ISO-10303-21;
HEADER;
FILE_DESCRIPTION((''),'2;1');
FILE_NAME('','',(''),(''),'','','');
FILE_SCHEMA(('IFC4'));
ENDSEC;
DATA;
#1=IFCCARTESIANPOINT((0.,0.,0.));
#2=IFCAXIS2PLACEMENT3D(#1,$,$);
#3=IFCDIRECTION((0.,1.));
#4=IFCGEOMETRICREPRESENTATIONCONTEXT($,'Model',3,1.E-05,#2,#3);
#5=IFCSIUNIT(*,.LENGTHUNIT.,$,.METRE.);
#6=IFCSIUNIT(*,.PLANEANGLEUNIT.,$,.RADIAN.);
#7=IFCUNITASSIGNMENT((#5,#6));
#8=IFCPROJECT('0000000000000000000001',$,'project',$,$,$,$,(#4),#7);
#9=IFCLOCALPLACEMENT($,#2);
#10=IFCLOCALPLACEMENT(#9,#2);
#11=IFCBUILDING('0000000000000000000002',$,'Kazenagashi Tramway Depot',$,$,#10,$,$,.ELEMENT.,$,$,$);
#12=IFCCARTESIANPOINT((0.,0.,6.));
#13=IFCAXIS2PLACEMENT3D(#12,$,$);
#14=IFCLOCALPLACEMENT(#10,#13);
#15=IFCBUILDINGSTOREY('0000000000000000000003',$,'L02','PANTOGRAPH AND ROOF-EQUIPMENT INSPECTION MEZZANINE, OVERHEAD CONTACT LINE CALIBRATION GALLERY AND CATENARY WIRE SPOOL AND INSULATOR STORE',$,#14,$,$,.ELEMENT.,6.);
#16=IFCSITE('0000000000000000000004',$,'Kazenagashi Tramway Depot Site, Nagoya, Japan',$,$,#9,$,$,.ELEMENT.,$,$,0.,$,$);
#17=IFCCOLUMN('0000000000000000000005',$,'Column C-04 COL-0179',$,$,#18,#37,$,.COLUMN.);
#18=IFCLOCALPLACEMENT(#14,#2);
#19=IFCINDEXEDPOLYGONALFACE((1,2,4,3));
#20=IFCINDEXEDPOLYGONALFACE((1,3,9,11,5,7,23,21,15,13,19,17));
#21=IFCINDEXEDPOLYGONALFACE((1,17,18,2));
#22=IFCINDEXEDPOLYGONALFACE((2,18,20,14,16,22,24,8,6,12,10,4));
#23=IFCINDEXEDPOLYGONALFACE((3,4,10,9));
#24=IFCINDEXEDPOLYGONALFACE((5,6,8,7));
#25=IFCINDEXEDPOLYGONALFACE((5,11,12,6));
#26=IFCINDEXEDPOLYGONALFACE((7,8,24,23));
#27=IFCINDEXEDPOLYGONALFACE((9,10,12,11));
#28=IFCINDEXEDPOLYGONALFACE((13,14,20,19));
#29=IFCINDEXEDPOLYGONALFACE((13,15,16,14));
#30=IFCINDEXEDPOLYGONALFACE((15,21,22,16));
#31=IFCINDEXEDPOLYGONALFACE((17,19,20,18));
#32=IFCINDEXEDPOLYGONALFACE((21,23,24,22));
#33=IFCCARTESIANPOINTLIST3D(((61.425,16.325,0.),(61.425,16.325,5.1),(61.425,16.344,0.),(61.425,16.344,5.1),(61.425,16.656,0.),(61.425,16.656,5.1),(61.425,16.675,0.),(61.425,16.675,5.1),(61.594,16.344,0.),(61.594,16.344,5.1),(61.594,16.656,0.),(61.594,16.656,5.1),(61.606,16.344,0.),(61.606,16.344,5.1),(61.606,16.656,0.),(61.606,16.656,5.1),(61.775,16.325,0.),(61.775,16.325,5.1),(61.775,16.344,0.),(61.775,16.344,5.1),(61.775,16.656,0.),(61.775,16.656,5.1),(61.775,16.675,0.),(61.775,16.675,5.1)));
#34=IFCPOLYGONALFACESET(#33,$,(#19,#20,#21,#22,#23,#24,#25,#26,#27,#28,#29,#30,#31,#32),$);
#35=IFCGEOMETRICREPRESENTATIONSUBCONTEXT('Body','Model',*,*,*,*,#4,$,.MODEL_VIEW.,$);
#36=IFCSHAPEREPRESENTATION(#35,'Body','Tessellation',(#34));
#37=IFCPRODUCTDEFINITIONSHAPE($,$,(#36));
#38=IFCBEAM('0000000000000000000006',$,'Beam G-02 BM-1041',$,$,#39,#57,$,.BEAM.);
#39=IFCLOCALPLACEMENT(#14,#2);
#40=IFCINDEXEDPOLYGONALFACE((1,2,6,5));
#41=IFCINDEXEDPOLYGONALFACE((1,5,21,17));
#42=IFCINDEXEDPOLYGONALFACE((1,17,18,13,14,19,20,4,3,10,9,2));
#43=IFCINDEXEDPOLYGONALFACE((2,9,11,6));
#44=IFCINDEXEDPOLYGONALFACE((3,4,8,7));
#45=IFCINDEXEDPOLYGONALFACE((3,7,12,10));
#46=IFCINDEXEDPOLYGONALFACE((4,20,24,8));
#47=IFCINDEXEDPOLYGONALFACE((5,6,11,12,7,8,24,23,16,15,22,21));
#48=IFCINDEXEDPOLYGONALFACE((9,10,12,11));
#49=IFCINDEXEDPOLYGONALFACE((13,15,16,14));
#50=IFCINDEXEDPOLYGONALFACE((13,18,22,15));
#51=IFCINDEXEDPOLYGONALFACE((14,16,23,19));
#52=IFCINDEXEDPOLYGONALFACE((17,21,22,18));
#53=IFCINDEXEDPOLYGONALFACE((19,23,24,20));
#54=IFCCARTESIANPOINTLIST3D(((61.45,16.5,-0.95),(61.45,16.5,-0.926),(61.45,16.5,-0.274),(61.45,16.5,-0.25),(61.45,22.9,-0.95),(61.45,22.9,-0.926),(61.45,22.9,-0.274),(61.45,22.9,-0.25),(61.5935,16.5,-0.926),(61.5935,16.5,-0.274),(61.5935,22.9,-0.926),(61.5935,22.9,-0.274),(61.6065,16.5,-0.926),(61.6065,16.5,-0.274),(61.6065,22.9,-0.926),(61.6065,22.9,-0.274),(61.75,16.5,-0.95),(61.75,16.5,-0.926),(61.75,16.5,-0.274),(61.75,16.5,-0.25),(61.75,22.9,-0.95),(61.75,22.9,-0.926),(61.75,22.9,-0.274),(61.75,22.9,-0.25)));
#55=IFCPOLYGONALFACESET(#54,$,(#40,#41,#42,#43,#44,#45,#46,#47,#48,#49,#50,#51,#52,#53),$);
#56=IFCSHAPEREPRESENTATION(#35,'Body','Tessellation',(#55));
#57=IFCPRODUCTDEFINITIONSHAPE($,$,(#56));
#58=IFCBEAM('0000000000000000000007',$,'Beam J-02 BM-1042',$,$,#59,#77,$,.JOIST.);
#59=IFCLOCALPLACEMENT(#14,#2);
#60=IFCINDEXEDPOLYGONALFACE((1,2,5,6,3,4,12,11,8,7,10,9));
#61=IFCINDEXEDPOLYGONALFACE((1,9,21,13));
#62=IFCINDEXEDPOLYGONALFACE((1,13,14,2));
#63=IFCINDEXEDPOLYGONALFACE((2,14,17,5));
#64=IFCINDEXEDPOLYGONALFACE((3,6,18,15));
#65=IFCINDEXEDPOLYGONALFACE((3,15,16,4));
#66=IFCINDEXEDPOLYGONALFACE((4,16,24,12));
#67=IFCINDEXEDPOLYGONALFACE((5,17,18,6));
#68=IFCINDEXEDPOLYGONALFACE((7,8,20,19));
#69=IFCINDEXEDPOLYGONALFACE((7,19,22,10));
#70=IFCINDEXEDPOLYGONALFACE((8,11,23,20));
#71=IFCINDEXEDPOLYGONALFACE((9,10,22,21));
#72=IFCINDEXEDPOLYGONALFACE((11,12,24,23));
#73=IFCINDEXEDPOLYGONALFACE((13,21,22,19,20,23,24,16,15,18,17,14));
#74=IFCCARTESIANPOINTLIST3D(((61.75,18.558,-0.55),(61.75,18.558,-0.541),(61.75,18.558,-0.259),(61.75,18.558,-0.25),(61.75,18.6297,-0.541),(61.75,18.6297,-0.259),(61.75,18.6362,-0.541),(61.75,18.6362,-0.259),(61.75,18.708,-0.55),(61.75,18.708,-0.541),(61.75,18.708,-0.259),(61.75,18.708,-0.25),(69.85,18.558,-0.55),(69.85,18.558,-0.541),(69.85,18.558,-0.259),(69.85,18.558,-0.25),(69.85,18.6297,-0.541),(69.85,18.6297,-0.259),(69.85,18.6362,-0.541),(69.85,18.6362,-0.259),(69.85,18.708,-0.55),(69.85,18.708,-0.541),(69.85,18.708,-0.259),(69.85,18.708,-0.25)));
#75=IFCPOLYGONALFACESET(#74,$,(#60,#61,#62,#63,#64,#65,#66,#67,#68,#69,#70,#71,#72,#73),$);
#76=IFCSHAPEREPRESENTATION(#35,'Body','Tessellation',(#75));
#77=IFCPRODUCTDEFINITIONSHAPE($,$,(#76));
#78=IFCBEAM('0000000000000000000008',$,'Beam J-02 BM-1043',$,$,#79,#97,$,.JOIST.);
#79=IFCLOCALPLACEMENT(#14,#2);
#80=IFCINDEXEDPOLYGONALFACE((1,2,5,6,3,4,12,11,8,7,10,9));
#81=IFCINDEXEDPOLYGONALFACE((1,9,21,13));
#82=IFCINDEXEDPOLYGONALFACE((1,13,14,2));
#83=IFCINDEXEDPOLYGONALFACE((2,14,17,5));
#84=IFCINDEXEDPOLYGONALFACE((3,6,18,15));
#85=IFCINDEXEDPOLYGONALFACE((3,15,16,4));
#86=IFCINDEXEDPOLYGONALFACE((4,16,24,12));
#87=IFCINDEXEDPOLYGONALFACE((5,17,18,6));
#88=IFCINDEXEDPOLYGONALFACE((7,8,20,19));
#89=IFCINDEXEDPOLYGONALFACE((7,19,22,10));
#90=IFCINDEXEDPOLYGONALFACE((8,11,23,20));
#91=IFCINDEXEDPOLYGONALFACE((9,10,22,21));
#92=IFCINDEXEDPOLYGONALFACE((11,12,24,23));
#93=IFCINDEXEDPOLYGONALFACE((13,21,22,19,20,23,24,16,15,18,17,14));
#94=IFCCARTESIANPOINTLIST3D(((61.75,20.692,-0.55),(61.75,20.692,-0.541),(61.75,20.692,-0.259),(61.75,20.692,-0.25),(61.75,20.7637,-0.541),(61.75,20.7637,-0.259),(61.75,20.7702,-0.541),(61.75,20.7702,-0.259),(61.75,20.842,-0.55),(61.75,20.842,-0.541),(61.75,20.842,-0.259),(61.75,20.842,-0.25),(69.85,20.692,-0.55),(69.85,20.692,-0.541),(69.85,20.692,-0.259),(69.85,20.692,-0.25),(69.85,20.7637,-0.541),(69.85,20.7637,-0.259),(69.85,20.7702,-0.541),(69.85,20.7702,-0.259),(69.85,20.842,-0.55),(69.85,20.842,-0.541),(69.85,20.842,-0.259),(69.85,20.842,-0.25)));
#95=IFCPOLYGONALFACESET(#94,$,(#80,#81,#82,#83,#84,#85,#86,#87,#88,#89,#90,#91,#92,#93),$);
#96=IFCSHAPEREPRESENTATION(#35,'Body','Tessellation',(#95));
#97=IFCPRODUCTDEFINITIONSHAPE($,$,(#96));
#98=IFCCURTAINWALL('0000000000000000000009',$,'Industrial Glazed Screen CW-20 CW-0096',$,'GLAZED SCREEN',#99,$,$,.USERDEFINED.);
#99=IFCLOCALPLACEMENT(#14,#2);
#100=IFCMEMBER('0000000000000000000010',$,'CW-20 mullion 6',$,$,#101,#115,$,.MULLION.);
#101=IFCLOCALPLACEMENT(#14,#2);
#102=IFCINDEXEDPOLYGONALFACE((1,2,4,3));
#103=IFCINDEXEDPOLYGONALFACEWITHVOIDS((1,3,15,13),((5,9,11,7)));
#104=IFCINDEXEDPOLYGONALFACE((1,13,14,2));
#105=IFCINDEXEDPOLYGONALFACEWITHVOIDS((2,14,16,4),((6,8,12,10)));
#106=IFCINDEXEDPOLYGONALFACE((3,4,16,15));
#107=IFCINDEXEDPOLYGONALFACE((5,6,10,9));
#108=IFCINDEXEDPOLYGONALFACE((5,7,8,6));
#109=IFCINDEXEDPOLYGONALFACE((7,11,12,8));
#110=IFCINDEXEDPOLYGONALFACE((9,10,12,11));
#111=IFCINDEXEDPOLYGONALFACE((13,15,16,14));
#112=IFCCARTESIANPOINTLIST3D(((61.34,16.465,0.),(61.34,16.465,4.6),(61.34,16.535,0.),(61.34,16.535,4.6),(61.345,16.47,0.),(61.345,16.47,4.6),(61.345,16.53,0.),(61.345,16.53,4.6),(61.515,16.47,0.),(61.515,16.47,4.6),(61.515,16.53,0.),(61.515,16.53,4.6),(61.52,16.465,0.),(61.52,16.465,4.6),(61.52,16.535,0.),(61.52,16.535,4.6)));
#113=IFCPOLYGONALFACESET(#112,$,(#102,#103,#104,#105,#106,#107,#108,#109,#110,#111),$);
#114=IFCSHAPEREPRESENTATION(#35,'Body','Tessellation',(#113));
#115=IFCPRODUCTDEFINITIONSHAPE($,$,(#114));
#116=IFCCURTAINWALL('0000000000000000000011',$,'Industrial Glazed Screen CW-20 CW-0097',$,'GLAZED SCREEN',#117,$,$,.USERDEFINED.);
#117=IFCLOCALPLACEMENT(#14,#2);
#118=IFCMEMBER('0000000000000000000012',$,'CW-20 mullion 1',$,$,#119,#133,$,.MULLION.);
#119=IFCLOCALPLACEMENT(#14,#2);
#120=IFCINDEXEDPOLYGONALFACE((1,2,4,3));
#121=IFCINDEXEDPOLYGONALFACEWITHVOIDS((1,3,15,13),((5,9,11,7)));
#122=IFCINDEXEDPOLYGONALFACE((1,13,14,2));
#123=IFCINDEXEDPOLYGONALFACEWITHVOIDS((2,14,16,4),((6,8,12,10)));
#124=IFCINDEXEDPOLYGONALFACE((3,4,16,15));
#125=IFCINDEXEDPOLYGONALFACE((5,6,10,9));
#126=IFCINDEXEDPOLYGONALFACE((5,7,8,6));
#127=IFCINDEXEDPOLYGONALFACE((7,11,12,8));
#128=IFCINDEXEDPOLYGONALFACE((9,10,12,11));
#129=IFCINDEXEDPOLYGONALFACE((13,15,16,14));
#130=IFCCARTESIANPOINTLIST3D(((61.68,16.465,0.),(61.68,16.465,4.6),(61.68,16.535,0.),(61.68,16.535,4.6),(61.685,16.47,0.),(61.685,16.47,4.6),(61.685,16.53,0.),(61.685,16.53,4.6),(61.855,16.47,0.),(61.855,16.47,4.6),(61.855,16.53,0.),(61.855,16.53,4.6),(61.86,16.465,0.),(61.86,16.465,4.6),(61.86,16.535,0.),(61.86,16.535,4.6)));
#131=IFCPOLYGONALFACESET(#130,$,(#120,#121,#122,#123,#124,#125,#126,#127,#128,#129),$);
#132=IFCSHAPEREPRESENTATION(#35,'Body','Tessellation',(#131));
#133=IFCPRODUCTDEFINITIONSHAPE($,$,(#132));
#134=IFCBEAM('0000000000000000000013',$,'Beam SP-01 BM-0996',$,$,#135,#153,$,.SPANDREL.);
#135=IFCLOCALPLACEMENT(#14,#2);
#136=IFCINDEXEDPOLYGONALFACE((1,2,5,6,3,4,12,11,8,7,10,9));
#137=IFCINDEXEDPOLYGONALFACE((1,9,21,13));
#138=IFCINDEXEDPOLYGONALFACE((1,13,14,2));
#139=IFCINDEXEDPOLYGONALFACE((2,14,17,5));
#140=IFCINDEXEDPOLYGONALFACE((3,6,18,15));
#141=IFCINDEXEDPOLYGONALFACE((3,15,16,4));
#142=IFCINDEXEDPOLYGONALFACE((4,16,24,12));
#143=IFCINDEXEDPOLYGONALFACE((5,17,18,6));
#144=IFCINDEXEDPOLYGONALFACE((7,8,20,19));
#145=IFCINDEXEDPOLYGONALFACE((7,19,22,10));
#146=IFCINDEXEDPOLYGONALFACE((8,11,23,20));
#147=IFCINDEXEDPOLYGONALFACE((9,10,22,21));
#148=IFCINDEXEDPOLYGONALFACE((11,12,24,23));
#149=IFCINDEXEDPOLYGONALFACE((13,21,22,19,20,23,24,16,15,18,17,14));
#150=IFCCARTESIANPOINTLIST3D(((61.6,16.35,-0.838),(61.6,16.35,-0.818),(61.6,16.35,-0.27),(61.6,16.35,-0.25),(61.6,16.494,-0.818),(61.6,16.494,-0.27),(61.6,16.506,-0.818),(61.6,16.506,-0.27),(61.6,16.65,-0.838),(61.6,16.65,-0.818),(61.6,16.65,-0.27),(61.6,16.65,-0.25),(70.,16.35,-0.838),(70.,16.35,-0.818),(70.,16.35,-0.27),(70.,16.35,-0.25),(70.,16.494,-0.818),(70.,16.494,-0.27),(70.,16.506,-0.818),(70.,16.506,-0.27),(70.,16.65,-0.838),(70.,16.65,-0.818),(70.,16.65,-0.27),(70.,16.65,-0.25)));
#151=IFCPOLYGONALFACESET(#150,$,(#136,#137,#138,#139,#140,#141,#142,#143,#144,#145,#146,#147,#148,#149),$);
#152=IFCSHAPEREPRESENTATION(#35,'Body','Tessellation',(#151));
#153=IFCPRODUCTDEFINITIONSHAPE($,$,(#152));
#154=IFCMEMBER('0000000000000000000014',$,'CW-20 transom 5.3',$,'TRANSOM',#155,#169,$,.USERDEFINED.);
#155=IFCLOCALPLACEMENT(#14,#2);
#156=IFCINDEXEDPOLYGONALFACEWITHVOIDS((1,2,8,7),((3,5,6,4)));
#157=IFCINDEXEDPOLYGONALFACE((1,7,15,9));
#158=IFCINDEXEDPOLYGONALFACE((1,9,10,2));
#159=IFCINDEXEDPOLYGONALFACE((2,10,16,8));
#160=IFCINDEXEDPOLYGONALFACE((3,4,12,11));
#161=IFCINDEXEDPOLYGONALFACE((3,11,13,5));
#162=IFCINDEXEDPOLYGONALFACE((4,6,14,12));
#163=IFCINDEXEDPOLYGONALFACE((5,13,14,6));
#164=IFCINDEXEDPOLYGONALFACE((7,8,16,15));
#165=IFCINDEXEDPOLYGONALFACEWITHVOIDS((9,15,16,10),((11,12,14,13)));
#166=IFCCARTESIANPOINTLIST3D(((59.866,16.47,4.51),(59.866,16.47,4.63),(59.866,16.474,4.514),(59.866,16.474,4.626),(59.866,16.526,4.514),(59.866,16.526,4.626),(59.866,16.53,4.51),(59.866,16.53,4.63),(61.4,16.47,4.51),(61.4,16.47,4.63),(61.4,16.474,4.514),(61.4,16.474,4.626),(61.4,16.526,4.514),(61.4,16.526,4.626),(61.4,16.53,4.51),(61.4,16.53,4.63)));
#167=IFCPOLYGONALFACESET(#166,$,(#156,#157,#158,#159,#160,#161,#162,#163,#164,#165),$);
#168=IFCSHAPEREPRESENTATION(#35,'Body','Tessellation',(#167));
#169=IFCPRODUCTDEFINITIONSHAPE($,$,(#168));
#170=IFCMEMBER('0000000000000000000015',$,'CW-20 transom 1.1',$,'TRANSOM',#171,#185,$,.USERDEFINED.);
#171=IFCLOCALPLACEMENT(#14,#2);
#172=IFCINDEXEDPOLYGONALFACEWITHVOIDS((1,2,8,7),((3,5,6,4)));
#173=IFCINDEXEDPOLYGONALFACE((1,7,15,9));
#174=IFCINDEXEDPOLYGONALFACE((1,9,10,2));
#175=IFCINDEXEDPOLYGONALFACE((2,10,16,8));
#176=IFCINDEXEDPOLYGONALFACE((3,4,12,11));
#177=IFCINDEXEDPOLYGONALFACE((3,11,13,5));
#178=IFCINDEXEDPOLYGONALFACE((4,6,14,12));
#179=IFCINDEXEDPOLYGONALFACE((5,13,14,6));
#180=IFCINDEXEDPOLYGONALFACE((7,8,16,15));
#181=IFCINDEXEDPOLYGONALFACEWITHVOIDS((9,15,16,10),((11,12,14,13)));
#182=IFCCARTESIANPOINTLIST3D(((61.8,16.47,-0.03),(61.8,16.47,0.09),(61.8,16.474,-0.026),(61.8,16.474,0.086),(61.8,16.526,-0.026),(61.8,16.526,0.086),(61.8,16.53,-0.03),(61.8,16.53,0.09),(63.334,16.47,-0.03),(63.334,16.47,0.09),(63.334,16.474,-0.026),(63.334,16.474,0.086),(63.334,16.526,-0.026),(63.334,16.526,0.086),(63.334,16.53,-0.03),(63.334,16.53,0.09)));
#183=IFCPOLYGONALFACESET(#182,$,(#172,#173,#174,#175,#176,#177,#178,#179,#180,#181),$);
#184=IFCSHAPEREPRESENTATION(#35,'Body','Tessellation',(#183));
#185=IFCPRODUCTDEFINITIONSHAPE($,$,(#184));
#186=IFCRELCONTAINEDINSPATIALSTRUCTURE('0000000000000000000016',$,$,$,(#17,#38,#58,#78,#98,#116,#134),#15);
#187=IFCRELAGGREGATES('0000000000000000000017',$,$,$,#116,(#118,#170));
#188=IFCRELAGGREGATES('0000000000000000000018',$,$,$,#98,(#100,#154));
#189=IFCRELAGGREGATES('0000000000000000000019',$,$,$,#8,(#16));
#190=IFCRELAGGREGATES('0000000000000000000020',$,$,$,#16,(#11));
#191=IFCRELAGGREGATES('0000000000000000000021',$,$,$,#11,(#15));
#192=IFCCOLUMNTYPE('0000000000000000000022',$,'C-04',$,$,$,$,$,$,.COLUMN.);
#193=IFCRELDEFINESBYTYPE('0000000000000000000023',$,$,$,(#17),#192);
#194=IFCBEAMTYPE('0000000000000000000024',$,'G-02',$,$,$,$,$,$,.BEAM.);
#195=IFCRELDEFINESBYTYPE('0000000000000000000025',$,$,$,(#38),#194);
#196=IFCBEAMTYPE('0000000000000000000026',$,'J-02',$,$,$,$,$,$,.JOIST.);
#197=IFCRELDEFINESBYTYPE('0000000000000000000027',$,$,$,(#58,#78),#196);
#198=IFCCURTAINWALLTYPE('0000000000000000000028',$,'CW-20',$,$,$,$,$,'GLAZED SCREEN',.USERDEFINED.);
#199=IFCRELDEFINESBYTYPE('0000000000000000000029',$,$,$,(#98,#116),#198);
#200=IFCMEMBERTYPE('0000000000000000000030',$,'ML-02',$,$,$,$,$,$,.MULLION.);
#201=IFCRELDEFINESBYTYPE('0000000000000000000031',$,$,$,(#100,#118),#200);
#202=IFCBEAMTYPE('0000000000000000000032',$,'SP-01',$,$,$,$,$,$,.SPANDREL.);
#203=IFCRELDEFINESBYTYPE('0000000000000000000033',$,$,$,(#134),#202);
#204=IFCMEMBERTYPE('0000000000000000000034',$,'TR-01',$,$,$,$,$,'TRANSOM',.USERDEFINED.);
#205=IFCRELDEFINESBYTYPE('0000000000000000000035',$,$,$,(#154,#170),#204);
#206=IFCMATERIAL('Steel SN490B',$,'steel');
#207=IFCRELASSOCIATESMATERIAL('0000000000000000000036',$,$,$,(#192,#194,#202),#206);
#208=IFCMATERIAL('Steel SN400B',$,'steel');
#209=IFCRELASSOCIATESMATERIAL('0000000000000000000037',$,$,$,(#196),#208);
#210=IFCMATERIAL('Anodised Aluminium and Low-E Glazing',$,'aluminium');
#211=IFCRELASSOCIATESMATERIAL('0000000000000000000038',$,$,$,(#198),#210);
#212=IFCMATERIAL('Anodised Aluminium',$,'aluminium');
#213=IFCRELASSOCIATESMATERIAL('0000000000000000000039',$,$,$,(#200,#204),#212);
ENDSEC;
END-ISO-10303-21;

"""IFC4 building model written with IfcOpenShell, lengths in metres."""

from ifc_helpers import new_model, si_unit, direction, frame, origin, origin_2d, place, context, subcontext, project, spatial, hollow_rectangle, i_section, extrude, material, material_profile, profile_set, type_object, element, aggregate, save


model = new_model("IFC4")

# Units and contexts
model_context = context("Model", 3, precision=1e-05, world=origin(), true_north=direction((0.0, 1.0)))
body_context = subcontext(model_context, "Body", "Model", "MODEL_VIEW")
ifc_project = project(units=[si_unit("LENGTHUNIT", "METRE"), si_unit("PLANEANGLEUNIT", "RADIAN")], contexts=[model_context])

# Site, building, storey
site_placement = place(None, origin())
site = spatial("IfcSite", under=ifc_project, at=site_placement, Name="Kazenagashi Tramway Depot Site, Nagoya, Japan", CompositionType="ELEMENT", RefElevation=0.0)
building_placement = place(site_placement, origin())
building = spatial("IfcBuilding", under=site, at=building_placement, Name="Kazenagashi Tramway Depot", CompositionType="ELEMENT")
storey_placement = place(building_placement, frame((0.0, 0.0, 6.0)))
storey = spatial("IfcBuildingStorey", under=building, at=storey_placement, Name="L02", Description="PANTOGRAPH AND ROOF-EQUIPMENT INSPECTION MEZZANINE, OVERHEAD CONTACT LINE CALIBRATION GALLERY AND CATENARY WIRE SPOOL AND INSULATOR STORE", CompositionType="ELEMENT", Elevation=6.0)

# Column
ifc_material_1 = material(Name="Steel SN490B", Category="steel")
ifc_material_profile_1 = material_profile(ifc_material_1, i_section(OverallWidth=0.35, OverallDepth=0.35, WebThickness=0.012, FlangeThickness=0.019, at=origin_2d()), Name="H-350x350x12x19")
ifc_profile_set_1 = profile_set([ifc_material_profile_1], Name="Steel SN490B")
column_type = type_object("IfcColumnType", Name="C-04", PredefinedType="COLUMN", material=ifc_profile_set_1)
column_placement = place(storey_placement, frame((61.6, 16.5, 0.0), z_axis=(0.0, 0.0, 1.0), x_axis=(1.0, 0.0, 0.0)))
element("IfcColumn", 1, at=column_placement, inside=storey, type_object=column_type, Name="Column C-04 COL-0179", PredefinedType="COLUMN", context=body_context, shape_type="SweptSolid", body=[
    extrude(i_section(OverallWidth=0.35, OverallDepth=0.35, WebThickness=0.012, FlangeThickness=0.019, at=origin_2d()), origin(), (0.0, 0.0, 1.0), 5.1),
])

# Beams
ifc_material_profile_2 = material_profile(ifc_material_1, i_section(OverallWidth=0.3, OverallDepth=0.7, WebThickness=0.013, FlangeThickness=0.024, at=origin_2d()), Name="H-700x300x13x24")
ifc_profile_set_2 = profile_set([ifc_material_profile_2], Name="Steel SN490B")
beam_type_1 = type_object("IfcBeamType", Name="G-02", PredefinedType="BEAM", material=ifc_profile_set_2)
beam_1_placement = place(storey_placement, frame((61.6, 16.5, -0.6), z_axis=(0.0, 1.0, 0.0), x_axis=(-1.0, 0.0, 0.0)))
element("IfcBeam", 2, at=beam_1_placement, inside=storey, type_object=beam_type_1, Name="Beam G-02 BM-1041", PredefinedType="BEAM", context=body_context, shape_type="SweptSolid", body=[
    extrude(i_section(OverallWidth=0.3, OverallDepth=0.7, WebThickness=0.013, FlangeThickness=0.024, at=origin_2d()), origin(), (0.0, 0.0, 1.0), 6.4),
])
ifc_material_2 = material(Name="Steel SN400B", Category="steel")
ifc_material_profile_3 = material_profile(ifc_material_2, i_section(OverallWidth=0.15, OverallDepth=0.3, WebThickness=0.0065, FlangeThickness=0.009, at=origin_2d()), Name="H-300x150x6.5x9")
ifc_profile_set_3 = profile_set([ifc_material_profile_3], Name="Steel SN400B")
beam_type_2 = type_object("IfcBeamType", Name="J-02", PredefinedType="JOIST", material=ifc_profile_set_3)
for number, where, z_axis, x_axis, name in (
    (3, (61.75, 18.633, -0.4), (1.0, 0.0, 0.0), (0.0, 1.0, 0.0), "Beam J-02 BM-1042"),
    (4, (61.75, 20.767, -0.4), (1.0, 0.0, 0.0), (0.0, 1.0, 0.0), "Beam J-02 BM-1043"),
):
    element("IfcBeam", number, at=place(storey_placement, frame(where, z_axis=z_axis, x_axis=x_axis)), inside=storey, type_object=beam_type_2, Name=name, PredefinedType="JOIST", context=body_context, shape_type="SweptSolid", body=[
        extrude(i_section(OverallWidth=0.15, OverallDepth=0.3, WebThickness=0.0065, FlangeThickness=0.009, at=origin_2d()), origin(), (0.0, 0.0, 1.0), 8.1),
    ])

# Curtain walls, members
ifc_material_3 = material(Name="Anodised Aluminium and Low-E Glazing", Category="aluminium")
curtain_wall_type = type_object("IfcCurtainWallType", Name="CW-20", ElementType="GLAZED SCREEN", PredefinedType="USERDEFINED", material=ifc_material_3)
curtain_wall_1_placement = place(storey_placement, origin())
curtain_wall_1 = element("IfcCurtainWall", 5, at=curtain_wall_1_placement, inside=storey, type_object=curtain_wall_type, Name="Industrial Glazed Screen CW-20 CW-0096", ObjectType="GLAZED SCREEN", PredefinedType="USERDEFINED")
ifc_material_4 = material(Name="Anodised Aluminium", Category="aluminium")
ifc_material_profile_4 = material_profile(ifc_material_4, hollow_rectangle(XDim=0.07, YDim=0.18, WallThickness=0.005, at=origin_2d()), Name="RHS-180x70x5")
ifc_profile_set_4 = profile_set([ifc_material_profile_4], Name="Anodised Aluminium")
member_type_1 = type_object("IfcMemberType", Name="ML-02", PredefinedType="MULLION", material=ifc_profile_set_4)
member_1_placement = place(storey_placement, frame((61.43, 16.5, 0.0), z_axis=(0.0, 0.0, 1.0), x_axis=(0.0, 1.0, 0.0)))
member_1 = element("IfcMember", 6, at=member_1_placement, type_object=member_type_1, Name="CW-20 mullion 6", PredefinedType="MULLION", context=body_context, shape_type="SweptSolid", body=[
    extrude(hollow_rectangle(XDim=0.07, YDim=0.18, WallThickness=0.005, at=origin_2d()), origin(), (0.0, 0.0, 1.0), 4.6),
])
curtain_wall_2_placement = place(storey_placement, origin())
curtain_wall_2 = element("IfcCurtainWall", 7, at=curtain_wall_2_placement, inside=storey, type_object=curtain_wall_type, Name="Industrial Glazed Screen CW-20 CW-0097", ObjectType="GLAZED SCREEN", PredefinedType="USERDEFINED")
member_2_placement = place(storey_placement, frame((61.77, 16.5, 0.0), z_axis=(0.0, 0.0, 1.0), x_axis=(0.0, 1.0, 0.0)))
member_2 = element("IfcMember", 8, at=member_2_placement, type_object=member_type_1, Name="CW-20 mullion 1", PredefinedType="MULLION", context=body_context, shape_type="SweptSolid", body=[
    extrude(hollow_rectangle(XDim=0.07, YDim=0.18, WallThickness=0.005, at=origin_2d()), origin(), (0.0, 0.0, 1.0), 4.6),
])

# Beam
ifc_material_profile_5 = material_profile(ifc_material_1, i_section(OverallWidth=0.3, OverallDepth=0.588, WebThickness=0.012, FlangeThickness=0.02, at=origin_2d()), Name="H-588x300x12x20")
ifc_profile_set_5 = profile_set([ifc_material_profile_5], Name="Steel SN490B")
beam_type_3 = type_object("IfcBeamType", Name="SP-01", PredefinedType="SPANDREL", material=ifc_profile_set_5)
beam_2_placement = place(storey_placement, frame((61.6, 16.5, -0.544), z_axis=(1.0, 0.0, 0.0), x_axis=(0.0, 1.0, 0.0)))
element("IfcBeam", 9, at=beam_2_placement, inside=storey, type_object=beam_type_3, Name="Beam SP-01 BM-0996", PredefinedType="SPANDREL", context=body_context, shape_type="SweptSolid", body=[
    extrude(i_section(OverallWidth=0.3, OverallDepth=0.588, WebThickness=0.012, FlangeThickness=0.02, at=origin_2d()), origin(), (0.0, 0.0, 1.0), 8.4),
])

# Members
ifc_material_profile_6 = material_profile(ifc_material_4, hollow_rectangle(XDim=0.06, YDim=0.12, WallThickness=0.004, at=origin_2d()), Name="RHS-120x60x4")
ifc_profile_set_6 = profile_set([ifc_material_profile_6], Name="Anodised Aluminium")
member_type_2 = type_object("IfcMemberType", Name="TR-01", ElementType="TRANSOM", PredefinedType="USERDEFINED", material=ifc_profile_set_6)
member_3_placement = place(storey_placement, frame((59.866, 16.5, 4.57), z_axis=(1.0, 0.0, 0.0), x_axis=(0.0, 1.0, 0.0)))
member_3 = element("IfcMember", 10, at=member_3_placement, type_object=member_type_2, Name="CW-20 transom 5.3", ObjectType="TRANSOM", PredefinedType="USERDEFINED", context=body_context, shape_type="SweptSolid", body=[
    extrude(hollow_rectangle(XDim=0.06, YDim=0.12, WallThickness=0.004, at=origin_2d()), origin(), (0.0, 0.0, 1.0), 1.534),
])
member_4_placement = place(storey_placement, frame((61.8, 16.5, 0.03), z_axis=(1.0, 0.0, 0.0), x_axis=(0.0, 1.0, 0.0)))
member_4 = element("IfcMember", 11, at=member_4_placement, type_object=member_type_2, Name="CW-20 transom 1.1", ObjectType="TRANSOM", PredefinedType="USERDEFINED", context=body_context, shape_type="SweptSolid", body=[
    extrude(hollow_rectangle(XDim=0.06, YDim=0.12, WallThickness=0.004, at=origin_2d()), origin(), (0.0, 0.0, 1.0), 1.534),
])

aggregate(curtain_wall_2, [member_2, member_4])
aggregate(curtain_wall_1, [member_1, member_3])

save(model, "model.ifc")
